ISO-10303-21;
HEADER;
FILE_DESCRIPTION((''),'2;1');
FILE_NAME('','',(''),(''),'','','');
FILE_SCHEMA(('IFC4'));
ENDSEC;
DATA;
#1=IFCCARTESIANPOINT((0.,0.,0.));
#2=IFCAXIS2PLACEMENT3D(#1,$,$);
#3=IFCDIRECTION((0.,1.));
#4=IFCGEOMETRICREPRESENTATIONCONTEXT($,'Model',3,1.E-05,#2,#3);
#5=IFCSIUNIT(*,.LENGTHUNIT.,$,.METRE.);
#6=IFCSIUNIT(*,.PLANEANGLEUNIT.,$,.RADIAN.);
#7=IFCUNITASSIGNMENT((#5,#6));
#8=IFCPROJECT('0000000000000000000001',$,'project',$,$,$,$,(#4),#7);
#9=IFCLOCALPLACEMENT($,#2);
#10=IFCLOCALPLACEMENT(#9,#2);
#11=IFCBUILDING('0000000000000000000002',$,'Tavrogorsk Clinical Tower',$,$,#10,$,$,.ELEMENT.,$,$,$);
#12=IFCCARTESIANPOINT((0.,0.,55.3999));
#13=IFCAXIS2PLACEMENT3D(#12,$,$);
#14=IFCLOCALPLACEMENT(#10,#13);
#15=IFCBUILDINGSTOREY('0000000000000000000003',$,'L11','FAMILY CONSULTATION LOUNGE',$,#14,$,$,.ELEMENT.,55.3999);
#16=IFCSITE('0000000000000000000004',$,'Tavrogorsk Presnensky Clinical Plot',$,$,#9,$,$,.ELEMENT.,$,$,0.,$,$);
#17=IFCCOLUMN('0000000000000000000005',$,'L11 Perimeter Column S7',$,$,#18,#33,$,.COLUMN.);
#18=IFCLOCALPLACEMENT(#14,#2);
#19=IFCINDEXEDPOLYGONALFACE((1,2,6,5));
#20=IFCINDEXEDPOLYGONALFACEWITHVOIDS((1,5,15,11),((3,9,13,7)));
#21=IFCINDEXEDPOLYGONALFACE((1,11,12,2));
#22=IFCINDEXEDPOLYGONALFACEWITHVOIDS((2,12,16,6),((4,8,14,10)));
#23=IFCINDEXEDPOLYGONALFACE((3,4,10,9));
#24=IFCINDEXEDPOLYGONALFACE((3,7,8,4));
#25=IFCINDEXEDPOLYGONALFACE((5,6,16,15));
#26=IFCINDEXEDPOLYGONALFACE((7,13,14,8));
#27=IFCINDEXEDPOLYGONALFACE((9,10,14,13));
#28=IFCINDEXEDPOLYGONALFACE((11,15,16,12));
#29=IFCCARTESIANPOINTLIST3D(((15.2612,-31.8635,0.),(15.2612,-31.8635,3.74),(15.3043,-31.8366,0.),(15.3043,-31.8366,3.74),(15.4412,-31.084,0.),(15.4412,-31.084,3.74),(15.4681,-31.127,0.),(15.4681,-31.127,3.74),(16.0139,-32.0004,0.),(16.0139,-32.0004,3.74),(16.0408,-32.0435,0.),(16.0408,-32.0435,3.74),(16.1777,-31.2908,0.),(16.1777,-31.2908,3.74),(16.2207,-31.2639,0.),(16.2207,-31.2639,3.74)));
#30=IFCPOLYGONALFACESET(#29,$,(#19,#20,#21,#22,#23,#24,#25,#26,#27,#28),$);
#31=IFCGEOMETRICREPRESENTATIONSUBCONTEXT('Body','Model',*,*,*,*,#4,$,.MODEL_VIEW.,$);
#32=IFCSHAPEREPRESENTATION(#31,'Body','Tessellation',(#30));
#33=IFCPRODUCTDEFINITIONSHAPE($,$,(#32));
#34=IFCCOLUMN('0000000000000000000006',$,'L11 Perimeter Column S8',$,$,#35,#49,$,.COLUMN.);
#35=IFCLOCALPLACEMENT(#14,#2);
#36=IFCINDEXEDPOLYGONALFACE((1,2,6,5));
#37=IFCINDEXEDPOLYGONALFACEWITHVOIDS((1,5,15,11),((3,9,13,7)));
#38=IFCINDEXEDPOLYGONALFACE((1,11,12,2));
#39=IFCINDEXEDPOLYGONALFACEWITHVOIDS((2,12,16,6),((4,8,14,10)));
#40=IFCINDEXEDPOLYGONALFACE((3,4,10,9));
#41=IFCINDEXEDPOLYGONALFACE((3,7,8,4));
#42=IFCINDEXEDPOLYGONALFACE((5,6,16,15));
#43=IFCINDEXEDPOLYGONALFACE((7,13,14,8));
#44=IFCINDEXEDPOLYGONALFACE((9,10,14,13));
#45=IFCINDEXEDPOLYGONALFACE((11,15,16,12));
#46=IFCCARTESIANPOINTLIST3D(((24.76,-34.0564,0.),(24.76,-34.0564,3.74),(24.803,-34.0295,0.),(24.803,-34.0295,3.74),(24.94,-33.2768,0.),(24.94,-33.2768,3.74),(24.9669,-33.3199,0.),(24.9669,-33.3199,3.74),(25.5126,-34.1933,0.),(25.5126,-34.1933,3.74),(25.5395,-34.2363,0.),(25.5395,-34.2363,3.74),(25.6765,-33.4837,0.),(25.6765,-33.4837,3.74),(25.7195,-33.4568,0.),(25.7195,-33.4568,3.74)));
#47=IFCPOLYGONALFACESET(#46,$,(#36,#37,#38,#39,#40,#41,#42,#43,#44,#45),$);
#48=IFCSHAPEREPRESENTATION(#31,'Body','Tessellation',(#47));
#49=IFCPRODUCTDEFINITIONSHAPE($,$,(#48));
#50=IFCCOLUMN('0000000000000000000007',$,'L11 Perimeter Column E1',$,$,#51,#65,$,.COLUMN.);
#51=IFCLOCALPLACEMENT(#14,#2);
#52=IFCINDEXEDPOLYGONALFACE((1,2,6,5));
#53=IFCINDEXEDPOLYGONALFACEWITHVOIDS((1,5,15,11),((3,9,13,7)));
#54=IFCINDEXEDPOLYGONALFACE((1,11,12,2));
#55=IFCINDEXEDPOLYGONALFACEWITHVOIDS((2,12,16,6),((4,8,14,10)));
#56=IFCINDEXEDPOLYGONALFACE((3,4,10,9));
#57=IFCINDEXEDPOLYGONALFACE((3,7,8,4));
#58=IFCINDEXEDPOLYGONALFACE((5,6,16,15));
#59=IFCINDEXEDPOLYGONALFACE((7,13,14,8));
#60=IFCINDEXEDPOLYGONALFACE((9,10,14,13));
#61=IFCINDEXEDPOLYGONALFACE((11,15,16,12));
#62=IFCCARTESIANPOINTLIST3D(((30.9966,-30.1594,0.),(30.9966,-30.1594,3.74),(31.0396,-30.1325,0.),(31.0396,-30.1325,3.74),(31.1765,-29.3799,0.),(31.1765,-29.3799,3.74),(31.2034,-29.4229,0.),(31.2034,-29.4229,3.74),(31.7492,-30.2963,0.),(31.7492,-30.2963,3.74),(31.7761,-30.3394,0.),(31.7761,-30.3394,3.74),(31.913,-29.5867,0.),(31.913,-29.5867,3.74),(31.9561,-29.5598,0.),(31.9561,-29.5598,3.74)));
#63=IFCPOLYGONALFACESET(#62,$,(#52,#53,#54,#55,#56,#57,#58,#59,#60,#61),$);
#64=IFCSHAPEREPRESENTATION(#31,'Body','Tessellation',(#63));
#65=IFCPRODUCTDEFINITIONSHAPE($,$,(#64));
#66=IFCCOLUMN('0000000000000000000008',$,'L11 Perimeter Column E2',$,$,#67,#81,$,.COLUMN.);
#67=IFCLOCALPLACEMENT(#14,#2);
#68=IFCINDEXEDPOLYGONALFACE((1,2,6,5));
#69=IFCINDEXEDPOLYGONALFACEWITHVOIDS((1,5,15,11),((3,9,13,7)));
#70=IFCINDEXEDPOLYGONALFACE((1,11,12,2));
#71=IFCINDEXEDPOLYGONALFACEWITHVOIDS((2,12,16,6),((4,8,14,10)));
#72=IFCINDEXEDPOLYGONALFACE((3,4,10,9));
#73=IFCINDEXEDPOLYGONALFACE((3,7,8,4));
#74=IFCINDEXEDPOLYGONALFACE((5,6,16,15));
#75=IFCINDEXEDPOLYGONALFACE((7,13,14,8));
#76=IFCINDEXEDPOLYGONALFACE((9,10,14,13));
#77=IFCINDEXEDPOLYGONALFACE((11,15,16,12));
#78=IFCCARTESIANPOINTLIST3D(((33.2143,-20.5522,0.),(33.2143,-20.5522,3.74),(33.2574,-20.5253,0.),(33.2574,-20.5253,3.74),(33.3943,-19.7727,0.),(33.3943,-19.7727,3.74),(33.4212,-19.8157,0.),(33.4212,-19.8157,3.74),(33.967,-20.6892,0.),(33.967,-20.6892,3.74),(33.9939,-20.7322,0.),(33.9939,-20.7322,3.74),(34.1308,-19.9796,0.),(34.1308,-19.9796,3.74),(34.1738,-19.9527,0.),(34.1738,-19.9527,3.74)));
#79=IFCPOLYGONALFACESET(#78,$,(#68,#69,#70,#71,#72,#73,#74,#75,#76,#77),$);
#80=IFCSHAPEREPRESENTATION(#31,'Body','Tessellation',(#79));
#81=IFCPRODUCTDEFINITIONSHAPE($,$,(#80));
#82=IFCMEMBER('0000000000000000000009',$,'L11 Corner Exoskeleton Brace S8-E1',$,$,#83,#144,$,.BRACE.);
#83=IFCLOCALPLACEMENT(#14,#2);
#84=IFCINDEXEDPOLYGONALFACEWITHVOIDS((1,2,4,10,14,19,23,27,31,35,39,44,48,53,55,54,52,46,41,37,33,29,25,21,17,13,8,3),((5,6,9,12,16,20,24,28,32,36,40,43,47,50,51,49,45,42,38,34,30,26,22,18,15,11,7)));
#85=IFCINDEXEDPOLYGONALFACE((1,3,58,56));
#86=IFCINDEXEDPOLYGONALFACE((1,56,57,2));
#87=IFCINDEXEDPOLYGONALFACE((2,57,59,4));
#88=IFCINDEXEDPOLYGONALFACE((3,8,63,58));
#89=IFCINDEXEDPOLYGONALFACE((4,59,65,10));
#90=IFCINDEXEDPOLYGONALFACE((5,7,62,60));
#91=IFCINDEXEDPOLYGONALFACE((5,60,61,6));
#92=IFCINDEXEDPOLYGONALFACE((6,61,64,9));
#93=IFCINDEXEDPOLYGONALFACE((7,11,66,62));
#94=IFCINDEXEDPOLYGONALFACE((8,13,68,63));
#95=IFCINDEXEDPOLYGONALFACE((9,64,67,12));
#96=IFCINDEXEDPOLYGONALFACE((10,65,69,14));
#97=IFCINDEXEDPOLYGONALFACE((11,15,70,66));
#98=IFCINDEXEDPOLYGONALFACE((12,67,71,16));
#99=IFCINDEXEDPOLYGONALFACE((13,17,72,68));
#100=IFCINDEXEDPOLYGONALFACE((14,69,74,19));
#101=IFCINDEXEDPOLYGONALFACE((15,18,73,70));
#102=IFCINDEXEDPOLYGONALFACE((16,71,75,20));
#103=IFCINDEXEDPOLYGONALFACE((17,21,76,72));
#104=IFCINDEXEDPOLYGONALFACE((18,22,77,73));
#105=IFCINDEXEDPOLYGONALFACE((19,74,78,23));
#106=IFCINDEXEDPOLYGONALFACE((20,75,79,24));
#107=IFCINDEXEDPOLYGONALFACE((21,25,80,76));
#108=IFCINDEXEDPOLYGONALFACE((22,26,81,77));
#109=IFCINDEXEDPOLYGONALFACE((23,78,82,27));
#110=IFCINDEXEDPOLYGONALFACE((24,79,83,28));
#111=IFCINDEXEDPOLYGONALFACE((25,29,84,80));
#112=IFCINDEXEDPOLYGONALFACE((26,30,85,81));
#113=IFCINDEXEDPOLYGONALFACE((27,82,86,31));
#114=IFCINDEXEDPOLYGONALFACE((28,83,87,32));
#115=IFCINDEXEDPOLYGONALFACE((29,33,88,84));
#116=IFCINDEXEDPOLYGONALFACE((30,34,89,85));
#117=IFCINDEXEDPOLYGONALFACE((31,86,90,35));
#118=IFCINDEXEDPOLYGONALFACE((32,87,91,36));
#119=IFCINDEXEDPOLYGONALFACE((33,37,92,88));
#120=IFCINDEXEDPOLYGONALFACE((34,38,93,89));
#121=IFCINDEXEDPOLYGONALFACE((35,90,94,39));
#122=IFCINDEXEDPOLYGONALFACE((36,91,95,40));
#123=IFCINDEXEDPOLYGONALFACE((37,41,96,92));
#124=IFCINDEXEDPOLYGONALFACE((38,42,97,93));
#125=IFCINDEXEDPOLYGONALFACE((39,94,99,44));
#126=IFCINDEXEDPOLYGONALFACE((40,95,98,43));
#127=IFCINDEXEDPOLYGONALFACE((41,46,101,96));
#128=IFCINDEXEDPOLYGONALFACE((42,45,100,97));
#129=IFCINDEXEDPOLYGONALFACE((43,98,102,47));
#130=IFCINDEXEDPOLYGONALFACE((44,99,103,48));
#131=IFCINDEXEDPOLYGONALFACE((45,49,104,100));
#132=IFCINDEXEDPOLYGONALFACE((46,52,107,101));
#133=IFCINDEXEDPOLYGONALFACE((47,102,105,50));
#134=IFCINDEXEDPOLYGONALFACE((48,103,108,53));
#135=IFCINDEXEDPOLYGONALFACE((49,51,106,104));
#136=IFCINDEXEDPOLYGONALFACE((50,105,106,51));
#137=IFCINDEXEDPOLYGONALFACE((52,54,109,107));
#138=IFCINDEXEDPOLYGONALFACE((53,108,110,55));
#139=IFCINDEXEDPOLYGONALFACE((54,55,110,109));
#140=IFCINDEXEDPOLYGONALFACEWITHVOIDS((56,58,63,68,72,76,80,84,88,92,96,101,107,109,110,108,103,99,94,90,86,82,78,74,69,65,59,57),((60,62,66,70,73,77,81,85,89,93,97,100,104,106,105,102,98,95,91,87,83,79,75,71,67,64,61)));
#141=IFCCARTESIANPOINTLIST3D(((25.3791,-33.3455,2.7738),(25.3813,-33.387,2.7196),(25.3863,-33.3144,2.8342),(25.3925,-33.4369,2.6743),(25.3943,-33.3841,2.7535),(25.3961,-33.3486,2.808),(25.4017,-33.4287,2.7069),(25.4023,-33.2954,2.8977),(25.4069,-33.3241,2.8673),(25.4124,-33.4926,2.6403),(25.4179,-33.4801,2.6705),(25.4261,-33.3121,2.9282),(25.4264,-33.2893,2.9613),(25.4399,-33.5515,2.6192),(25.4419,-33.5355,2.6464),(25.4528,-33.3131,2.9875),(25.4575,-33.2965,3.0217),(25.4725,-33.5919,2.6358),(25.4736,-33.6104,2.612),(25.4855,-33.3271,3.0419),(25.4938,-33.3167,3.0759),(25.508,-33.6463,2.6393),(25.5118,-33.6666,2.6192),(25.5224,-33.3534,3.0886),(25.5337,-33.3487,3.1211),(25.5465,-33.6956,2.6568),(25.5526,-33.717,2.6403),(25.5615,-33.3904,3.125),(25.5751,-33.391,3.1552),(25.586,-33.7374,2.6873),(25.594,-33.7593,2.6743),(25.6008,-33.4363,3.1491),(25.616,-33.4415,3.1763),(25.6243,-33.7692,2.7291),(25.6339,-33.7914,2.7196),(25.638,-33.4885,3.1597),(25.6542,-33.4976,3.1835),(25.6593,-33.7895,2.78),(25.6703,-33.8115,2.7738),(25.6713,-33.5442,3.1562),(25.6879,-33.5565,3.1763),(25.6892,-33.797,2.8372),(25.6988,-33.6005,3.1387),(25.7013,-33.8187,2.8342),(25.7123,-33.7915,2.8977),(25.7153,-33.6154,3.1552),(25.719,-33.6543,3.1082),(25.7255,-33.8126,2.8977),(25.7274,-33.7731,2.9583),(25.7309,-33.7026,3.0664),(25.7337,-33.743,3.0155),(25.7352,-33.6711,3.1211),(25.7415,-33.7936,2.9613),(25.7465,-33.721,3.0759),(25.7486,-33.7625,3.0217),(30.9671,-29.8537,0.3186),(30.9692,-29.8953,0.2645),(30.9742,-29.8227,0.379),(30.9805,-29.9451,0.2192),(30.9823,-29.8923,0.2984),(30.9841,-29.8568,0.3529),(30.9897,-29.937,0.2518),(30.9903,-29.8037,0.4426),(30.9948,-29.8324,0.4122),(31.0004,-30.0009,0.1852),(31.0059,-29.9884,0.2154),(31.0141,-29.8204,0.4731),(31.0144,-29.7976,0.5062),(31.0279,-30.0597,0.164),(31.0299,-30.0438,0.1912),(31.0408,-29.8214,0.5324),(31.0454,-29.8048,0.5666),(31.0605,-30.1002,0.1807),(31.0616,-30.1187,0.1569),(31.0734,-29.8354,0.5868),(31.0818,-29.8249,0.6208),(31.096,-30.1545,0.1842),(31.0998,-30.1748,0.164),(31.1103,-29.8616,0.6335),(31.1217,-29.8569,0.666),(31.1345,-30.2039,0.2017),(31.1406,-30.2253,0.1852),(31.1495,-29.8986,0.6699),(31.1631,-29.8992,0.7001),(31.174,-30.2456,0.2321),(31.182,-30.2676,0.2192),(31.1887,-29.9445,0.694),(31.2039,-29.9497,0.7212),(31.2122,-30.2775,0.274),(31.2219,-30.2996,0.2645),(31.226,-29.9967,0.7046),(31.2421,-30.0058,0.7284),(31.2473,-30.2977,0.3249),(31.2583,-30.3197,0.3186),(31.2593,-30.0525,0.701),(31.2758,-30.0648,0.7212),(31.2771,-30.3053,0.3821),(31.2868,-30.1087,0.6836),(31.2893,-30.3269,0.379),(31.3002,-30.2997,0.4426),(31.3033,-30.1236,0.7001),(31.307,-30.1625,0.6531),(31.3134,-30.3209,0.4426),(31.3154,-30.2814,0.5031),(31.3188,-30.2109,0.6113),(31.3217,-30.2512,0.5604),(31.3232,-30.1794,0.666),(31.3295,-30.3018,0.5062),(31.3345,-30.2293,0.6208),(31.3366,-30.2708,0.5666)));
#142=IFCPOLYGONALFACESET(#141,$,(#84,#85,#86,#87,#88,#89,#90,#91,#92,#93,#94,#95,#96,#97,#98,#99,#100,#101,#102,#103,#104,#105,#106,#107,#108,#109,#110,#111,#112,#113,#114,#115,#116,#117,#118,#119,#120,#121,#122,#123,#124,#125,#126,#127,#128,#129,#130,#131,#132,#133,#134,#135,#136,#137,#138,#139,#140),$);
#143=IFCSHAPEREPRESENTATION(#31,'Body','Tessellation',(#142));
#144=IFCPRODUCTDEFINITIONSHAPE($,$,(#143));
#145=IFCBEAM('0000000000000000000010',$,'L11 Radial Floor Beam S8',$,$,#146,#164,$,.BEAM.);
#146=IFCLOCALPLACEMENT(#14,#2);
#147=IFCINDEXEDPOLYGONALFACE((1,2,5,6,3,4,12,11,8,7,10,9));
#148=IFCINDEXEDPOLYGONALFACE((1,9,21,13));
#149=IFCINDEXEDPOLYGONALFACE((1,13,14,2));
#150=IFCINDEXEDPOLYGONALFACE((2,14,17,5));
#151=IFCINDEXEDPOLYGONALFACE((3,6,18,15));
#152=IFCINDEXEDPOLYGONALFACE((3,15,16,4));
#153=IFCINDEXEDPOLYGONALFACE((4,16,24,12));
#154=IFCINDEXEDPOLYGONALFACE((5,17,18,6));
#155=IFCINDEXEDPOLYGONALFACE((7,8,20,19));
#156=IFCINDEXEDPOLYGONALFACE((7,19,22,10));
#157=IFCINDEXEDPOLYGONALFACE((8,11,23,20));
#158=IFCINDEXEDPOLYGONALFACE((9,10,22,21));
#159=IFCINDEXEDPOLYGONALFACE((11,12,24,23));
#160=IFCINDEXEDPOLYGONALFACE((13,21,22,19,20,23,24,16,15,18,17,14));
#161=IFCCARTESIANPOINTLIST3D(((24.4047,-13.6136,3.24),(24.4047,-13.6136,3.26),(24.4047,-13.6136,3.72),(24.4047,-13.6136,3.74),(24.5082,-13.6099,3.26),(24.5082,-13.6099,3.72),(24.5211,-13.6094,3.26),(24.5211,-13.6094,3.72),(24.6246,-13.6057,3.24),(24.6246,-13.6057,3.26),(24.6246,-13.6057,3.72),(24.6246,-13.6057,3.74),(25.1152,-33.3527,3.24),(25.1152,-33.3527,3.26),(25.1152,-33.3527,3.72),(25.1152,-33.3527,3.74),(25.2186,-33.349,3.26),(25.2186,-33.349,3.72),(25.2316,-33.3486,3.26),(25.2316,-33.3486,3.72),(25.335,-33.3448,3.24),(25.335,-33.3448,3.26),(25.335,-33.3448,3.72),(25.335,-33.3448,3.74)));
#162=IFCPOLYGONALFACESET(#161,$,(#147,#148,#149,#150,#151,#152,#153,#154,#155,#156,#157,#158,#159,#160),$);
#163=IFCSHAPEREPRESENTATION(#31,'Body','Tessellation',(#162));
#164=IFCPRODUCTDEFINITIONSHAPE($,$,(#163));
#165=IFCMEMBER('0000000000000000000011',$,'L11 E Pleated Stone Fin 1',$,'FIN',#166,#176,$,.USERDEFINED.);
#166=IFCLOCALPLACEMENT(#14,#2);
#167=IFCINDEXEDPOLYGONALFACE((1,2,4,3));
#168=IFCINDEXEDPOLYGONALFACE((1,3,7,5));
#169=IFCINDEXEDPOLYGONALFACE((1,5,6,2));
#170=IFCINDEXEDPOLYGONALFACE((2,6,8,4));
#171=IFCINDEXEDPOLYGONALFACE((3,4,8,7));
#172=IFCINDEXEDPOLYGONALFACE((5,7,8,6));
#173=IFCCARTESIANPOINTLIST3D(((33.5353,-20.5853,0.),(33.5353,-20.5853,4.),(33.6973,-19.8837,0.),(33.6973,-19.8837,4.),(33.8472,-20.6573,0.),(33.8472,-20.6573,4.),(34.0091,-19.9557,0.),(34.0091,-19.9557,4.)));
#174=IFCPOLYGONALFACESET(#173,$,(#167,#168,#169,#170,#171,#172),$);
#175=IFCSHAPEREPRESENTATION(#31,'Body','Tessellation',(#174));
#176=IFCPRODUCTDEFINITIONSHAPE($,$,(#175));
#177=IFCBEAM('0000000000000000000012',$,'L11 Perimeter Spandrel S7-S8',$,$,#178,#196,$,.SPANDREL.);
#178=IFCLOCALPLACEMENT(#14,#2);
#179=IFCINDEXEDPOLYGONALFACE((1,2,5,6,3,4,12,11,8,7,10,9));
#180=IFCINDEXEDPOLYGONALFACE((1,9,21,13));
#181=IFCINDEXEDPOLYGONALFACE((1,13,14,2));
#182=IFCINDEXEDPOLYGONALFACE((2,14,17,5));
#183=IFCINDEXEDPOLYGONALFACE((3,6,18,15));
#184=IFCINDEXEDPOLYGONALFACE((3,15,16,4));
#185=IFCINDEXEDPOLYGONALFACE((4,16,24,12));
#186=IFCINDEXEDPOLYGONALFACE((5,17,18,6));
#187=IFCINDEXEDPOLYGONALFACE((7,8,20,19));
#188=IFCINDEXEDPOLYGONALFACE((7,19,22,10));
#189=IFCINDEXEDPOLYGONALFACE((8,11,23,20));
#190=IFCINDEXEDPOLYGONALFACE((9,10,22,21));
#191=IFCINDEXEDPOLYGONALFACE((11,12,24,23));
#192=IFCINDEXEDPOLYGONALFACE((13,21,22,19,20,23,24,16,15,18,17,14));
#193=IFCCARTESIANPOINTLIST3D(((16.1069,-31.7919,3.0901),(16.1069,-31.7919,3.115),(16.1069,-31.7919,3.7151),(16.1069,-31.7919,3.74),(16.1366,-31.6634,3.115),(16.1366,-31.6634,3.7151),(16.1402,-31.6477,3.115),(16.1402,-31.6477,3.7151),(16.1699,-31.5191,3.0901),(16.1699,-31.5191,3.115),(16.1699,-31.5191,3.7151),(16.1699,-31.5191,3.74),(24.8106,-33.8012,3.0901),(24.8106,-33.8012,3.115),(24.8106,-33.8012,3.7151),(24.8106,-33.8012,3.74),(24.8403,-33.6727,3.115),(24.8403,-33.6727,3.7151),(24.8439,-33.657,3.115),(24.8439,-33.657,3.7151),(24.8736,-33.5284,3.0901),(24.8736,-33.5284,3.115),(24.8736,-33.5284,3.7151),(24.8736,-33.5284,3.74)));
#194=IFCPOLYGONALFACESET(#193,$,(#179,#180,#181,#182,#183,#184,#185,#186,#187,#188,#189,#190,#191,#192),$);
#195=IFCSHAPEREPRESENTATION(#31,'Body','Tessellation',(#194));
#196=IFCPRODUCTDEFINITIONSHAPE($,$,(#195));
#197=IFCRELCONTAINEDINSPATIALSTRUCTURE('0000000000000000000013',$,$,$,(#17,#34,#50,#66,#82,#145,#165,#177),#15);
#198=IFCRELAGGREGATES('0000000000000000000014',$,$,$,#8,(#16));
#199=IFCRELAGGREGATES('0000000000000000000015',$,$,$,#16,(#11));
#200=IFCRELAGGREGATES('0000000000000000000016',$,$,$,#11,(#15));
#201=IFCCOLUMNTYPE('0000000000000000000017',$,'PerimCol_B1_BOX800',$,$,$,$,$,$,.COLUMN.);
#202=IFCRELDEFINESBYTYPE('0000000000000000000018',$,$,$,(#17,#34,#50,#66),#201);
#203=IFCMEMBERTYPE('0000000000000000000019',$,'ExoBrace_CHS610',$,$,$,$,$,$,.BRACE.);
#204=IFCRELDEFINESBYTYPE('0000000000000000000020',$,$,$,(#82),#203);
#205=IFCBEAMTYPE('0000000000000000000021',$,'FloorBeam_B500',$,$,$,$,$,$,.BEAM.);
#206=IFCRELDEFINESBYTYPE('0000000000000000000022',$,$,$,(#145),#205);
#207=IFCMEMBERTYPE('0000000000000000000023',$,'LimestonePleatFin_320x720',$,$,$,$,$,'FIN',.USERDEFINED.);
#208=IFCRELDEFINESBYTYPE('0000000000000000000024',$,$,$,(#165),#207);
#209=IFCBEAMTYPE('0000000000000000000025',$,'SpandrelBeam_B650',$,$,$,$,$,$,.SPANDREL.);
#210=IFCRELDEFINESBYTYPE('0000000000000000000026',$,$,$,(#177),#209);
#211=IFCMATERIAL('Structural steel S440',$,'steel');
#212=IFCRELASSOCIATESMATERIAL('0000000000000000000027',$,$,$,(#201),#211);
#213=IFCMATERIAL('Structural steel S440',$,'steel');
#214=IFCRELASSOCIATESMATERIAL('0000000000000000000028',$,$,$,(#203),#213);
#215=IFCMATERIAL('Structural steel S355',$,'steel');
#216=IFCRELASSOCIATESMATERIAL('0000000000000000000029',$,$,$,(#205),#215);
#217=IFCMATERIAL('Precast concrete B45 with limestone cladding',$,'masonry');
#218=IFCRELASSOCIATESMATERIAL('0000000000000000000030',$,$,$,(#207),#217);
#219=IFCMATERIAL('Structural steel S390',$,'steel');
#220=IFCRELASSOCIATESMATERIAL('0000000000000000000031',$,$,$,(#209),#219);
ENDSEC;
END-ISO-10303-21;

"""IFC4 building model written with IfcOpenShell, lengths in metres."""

from ifc_helpers import new_model, si_unit, direction, frame, origin, origin_2d, place, context, subcontext, project, spatial, rectangle, hollow_rectangle, hollow_circle, i_section, extrude, material, material_profile, profile_set, type_object, element, save


model = new_model("IFC4")

# Units and contexts
model_context = context("Model", 3, precision=1e-05, world=origin(), true_north=direction((0.0, 1.0)))
body_context = subcontext(model_context, "Body", "Model", "MODEL_VIEW")
ifc_project = project(units=[si_unit("LENGTHUNIT", "METRE"), si_unit("PLANEANGLEUNIT", "RADIAN")], contexts=[model_context])

# Site, building, storey
site_placement = place(None, origin())
site = spatial("IfcSite", under=ifc_project, at=site_placement, Name="Tavrogorsk Presnensky Clinical Plot", CompositionType="ELEMENT", RefElevation=0.0)
building_placement = place(site_placement, origin())
building = spatial("IfcBuilding", under=site, at=building_placement, Name="Tavrogorsk Clinical Tower", CompositionType="ELEMENT")
storey_placement = place(building_placement, frame((0.0, 0.0, 55.3999)))
storey = spatial("IfcBuildingStorey", under=building, at=storey_placement, Name="L11", Description="FAMILY CONSULTATION LOUNGE", CompositionType="ELEMENT", Elevation=55.3999)

# Columns
ifc_material_1 = material(Name="Structural steel S440", Category="steel")
ifc_material_profile_1 = material_profile(ifc_material_1, hollow_rectangle(XDim=0.8, YDim=0.8, WallThickness=0.0359, at=origin_2d()), Name="BOX-800x800x36")
ifc_profile_set_1 = profile_set([ifc_material_profile_1], Name="Structural steel S440")
column_type = type_object("IfcColumnType", Name="PerimCol_B1_BOX800", PredefinedType="COLUMN", material=ifc_profile_set_1)
for number, where, z_axis, x_axis, name in (
    (1, (15.741, -31.5637, 0.0), (0.0, 0.0, 1.0), (0.97437, -0.224951, 0.0), "L11 Perimeter Column S7"),
    (2, (25.2397, -33.7566, 0.0), (0.0, 0.0, 1.0), (0.97437, -0.224951, 0.0), "L11 Perimeter Column S8"),
    (3, (31.4763, -29.8596, 0.0), (0.0, 0.0, 1.0), (0.97437, -0.224951, 0.0), "L11 Perimeter Column E1"),
    (4, (33.6941, -20.2524, 0.0), (0.0, 0.0, 1.0), (0.97437, -0.224951, 0.0), "L11 Perimeter Column E2"),
):
    element("IfcColumn", number, at=place(storey_placement, frame(where, z_axis=z_axis, x_axis=x_axis)), inside=storey, type_object=column_type, Name=name, PredefinedType="COLUMN", context=body_context, shape_type="SweptSolid", body=[
        extrude(hollow_rectangle(XDim=0.8, YDim=0.8, WallThickness=0.0359, at=origin_2d()), origin(), (0.0, 0.0, 1.0), 3.74),
    ])

# Member
ifc_material_2 = material(Name="Structural steel S440", Category="steel")
ifc_material_profile_2 = material_profile(ifc_material_2, hollow_circle(Radius=0.3049, WallThickness=0.0249, at=origin_2d()), Name="CHS-610x25")
ifc_profile_set_2 = profile_set([ifc_material_profile_2], Name="Structural steel S440")
member_type_1 = type_object("IfcMemberType", Name="ExoBrace_CHS610", PredefinedType="BRACE", material=ifc_profile_set_2)
member_1_placement = place(storey_placement, frame((31.1519, -30.0623, 0.4426), z_axis=(-0.794679, -0.49657, 0.349148), x_axis=(0.529919, -0.848048, 0.0)))
element("IfcMember", 5, at=member_1_placement, inside=storey, type_object=member_type_1, Name="L11 Corner Exoskeleton Brace S8-E1", PredefinedType="BRACE", context=body_context, shape_type="SweptSolid", body=[
    extrude(hollow_circle(Radius=0.3049, WallThickness=0.0249, at=origin_2d()), origin(), (0.0, 0.0, 1.0), 7.0317),
])

# Beam
ifc_material_3 = material(Name="Structural steel S355", Category="steel")
ifc_material_profile_3 = material_profile(ifc_material_3, i_section(OverallWidth=0.22, OverallDepth=0.5, WebThickness=0.0129, FlangeThickness=0.02, at=origin_2d()), Name="B-500x220x13x20")
ifc_profile_set_3 = profile_set([ifc_material_profile_3], Name="Structural steel S355")
beam_type_1 = type_object("IfcBeamType", Name="FloorBeam_B500", PredefinedType="BEAM", material=ifc_profile_set_3)
beam_1_placement = place(storey_placement, frame((24.5146, -13.6096, 3.49), z_axis=(0.035968, -0.999353, 0.0), x_axis=(0.999353, 0.035968, 0.0)))
element("IfcBeam", 6, at=beam_1_placement, inside=storey, type_object=beam_type_1, Name="L11 Radial Floor Beam S8", PredefinedType="BEAM", context=body_context, shape_type="SweptSolid", body=[
    extrude(i_section(OverallWidth=0.22, OverallDepth=0.5, WebThickness=0.0129, FlangeThickness=0.02, at=origin_2d()), origin(), (0.0, 0.0, 1.0), 19.752),
])

# Member
ifc_material_4 = material(Name="Precast concrete B45 with limestone cladding", Category="masonry")
ifc_material_profile_4 = material_profile(ifc_material_4, rectangle(XDim=0.3201, YDim=0.72, at=origin_2d()), Name="LIMESTONE-FIN-320x720")
ifc_profile_set_4 = profile_set([ifc_material_profile_4], Name="Precast concrete B45 with limestone cladding")
member_type_2 = type_object("IfcMemberType", Name="LimestonePleatFin_320x720", ElementType="FIN", PredefinedType="USERDEFINED", material=ifc_profile_set_4)
member_2_placement = place(storey_placement, frame((33.7722, -20.2705, 0.0), z_axis=(0.0, 0.0, 1.0), x_axis=(0.97437, -0.224951, 0.0)))
element("IfcMember", 7, at=member_2_placement, inside=storey, type_object=member_type_2, Name="L11 E Pleated Stone Fin 1", ObjectType="FIN", PredefinedType="USERDEFINED", context=body_context, shape_type="SweptSolid", body=[
    extrude(rectangle(XDim=0.3201, YDim=0.72, at=origin_2d()), origin(), (0.0, 0.0, 1.0), 4.0),
])

# Beam
ifc_material_5 = material(Name="Structural steel S390", Category="steel")
ifc_material_profile_5 = material_profile(ifc_material_5, i_section(OverallWidth=0.28, OverallDepth=0.6499, WebThickness=0.0161, FlangeThickness=0.0249, at=origin_2d()), Name="B-650x280x16x25")
ifc_profile_set_5 = profile_set([ifc_material_profile_5], Name="Structural steel S390")
beam_type_2 = type_object("IfcBeamType", Name="SpandrelBeam_B650", PredefinedType="SPANDREL", material=ifc_profile_set_5)
beam_2_placement = place(storey_placement, frame((16.1384, -31.6555, 3.415), z_axis=(0.974373, -0.224939, 0.0), x_axis=(0.224939, 0.974373, 0.0)))
element("IfcBeam", 8, at=beam_2_placement, inside=storey, type_object=beam_type_2, Name="L11 Perimeter Spandrel S7-S8", PredefinedType="SPANDREL", context=body_context, shape_type="SweptSolid", body=[
    extrude(i_section(OverallWidth=0.28, OverallDepth=0.6499, WebThickness=0.0161, FlangeThickness=0.0249, at=origin_2d()), origin(), (0.0, 0.0, 1.0), 8.9326),
])

save(model, "model.ifc")
